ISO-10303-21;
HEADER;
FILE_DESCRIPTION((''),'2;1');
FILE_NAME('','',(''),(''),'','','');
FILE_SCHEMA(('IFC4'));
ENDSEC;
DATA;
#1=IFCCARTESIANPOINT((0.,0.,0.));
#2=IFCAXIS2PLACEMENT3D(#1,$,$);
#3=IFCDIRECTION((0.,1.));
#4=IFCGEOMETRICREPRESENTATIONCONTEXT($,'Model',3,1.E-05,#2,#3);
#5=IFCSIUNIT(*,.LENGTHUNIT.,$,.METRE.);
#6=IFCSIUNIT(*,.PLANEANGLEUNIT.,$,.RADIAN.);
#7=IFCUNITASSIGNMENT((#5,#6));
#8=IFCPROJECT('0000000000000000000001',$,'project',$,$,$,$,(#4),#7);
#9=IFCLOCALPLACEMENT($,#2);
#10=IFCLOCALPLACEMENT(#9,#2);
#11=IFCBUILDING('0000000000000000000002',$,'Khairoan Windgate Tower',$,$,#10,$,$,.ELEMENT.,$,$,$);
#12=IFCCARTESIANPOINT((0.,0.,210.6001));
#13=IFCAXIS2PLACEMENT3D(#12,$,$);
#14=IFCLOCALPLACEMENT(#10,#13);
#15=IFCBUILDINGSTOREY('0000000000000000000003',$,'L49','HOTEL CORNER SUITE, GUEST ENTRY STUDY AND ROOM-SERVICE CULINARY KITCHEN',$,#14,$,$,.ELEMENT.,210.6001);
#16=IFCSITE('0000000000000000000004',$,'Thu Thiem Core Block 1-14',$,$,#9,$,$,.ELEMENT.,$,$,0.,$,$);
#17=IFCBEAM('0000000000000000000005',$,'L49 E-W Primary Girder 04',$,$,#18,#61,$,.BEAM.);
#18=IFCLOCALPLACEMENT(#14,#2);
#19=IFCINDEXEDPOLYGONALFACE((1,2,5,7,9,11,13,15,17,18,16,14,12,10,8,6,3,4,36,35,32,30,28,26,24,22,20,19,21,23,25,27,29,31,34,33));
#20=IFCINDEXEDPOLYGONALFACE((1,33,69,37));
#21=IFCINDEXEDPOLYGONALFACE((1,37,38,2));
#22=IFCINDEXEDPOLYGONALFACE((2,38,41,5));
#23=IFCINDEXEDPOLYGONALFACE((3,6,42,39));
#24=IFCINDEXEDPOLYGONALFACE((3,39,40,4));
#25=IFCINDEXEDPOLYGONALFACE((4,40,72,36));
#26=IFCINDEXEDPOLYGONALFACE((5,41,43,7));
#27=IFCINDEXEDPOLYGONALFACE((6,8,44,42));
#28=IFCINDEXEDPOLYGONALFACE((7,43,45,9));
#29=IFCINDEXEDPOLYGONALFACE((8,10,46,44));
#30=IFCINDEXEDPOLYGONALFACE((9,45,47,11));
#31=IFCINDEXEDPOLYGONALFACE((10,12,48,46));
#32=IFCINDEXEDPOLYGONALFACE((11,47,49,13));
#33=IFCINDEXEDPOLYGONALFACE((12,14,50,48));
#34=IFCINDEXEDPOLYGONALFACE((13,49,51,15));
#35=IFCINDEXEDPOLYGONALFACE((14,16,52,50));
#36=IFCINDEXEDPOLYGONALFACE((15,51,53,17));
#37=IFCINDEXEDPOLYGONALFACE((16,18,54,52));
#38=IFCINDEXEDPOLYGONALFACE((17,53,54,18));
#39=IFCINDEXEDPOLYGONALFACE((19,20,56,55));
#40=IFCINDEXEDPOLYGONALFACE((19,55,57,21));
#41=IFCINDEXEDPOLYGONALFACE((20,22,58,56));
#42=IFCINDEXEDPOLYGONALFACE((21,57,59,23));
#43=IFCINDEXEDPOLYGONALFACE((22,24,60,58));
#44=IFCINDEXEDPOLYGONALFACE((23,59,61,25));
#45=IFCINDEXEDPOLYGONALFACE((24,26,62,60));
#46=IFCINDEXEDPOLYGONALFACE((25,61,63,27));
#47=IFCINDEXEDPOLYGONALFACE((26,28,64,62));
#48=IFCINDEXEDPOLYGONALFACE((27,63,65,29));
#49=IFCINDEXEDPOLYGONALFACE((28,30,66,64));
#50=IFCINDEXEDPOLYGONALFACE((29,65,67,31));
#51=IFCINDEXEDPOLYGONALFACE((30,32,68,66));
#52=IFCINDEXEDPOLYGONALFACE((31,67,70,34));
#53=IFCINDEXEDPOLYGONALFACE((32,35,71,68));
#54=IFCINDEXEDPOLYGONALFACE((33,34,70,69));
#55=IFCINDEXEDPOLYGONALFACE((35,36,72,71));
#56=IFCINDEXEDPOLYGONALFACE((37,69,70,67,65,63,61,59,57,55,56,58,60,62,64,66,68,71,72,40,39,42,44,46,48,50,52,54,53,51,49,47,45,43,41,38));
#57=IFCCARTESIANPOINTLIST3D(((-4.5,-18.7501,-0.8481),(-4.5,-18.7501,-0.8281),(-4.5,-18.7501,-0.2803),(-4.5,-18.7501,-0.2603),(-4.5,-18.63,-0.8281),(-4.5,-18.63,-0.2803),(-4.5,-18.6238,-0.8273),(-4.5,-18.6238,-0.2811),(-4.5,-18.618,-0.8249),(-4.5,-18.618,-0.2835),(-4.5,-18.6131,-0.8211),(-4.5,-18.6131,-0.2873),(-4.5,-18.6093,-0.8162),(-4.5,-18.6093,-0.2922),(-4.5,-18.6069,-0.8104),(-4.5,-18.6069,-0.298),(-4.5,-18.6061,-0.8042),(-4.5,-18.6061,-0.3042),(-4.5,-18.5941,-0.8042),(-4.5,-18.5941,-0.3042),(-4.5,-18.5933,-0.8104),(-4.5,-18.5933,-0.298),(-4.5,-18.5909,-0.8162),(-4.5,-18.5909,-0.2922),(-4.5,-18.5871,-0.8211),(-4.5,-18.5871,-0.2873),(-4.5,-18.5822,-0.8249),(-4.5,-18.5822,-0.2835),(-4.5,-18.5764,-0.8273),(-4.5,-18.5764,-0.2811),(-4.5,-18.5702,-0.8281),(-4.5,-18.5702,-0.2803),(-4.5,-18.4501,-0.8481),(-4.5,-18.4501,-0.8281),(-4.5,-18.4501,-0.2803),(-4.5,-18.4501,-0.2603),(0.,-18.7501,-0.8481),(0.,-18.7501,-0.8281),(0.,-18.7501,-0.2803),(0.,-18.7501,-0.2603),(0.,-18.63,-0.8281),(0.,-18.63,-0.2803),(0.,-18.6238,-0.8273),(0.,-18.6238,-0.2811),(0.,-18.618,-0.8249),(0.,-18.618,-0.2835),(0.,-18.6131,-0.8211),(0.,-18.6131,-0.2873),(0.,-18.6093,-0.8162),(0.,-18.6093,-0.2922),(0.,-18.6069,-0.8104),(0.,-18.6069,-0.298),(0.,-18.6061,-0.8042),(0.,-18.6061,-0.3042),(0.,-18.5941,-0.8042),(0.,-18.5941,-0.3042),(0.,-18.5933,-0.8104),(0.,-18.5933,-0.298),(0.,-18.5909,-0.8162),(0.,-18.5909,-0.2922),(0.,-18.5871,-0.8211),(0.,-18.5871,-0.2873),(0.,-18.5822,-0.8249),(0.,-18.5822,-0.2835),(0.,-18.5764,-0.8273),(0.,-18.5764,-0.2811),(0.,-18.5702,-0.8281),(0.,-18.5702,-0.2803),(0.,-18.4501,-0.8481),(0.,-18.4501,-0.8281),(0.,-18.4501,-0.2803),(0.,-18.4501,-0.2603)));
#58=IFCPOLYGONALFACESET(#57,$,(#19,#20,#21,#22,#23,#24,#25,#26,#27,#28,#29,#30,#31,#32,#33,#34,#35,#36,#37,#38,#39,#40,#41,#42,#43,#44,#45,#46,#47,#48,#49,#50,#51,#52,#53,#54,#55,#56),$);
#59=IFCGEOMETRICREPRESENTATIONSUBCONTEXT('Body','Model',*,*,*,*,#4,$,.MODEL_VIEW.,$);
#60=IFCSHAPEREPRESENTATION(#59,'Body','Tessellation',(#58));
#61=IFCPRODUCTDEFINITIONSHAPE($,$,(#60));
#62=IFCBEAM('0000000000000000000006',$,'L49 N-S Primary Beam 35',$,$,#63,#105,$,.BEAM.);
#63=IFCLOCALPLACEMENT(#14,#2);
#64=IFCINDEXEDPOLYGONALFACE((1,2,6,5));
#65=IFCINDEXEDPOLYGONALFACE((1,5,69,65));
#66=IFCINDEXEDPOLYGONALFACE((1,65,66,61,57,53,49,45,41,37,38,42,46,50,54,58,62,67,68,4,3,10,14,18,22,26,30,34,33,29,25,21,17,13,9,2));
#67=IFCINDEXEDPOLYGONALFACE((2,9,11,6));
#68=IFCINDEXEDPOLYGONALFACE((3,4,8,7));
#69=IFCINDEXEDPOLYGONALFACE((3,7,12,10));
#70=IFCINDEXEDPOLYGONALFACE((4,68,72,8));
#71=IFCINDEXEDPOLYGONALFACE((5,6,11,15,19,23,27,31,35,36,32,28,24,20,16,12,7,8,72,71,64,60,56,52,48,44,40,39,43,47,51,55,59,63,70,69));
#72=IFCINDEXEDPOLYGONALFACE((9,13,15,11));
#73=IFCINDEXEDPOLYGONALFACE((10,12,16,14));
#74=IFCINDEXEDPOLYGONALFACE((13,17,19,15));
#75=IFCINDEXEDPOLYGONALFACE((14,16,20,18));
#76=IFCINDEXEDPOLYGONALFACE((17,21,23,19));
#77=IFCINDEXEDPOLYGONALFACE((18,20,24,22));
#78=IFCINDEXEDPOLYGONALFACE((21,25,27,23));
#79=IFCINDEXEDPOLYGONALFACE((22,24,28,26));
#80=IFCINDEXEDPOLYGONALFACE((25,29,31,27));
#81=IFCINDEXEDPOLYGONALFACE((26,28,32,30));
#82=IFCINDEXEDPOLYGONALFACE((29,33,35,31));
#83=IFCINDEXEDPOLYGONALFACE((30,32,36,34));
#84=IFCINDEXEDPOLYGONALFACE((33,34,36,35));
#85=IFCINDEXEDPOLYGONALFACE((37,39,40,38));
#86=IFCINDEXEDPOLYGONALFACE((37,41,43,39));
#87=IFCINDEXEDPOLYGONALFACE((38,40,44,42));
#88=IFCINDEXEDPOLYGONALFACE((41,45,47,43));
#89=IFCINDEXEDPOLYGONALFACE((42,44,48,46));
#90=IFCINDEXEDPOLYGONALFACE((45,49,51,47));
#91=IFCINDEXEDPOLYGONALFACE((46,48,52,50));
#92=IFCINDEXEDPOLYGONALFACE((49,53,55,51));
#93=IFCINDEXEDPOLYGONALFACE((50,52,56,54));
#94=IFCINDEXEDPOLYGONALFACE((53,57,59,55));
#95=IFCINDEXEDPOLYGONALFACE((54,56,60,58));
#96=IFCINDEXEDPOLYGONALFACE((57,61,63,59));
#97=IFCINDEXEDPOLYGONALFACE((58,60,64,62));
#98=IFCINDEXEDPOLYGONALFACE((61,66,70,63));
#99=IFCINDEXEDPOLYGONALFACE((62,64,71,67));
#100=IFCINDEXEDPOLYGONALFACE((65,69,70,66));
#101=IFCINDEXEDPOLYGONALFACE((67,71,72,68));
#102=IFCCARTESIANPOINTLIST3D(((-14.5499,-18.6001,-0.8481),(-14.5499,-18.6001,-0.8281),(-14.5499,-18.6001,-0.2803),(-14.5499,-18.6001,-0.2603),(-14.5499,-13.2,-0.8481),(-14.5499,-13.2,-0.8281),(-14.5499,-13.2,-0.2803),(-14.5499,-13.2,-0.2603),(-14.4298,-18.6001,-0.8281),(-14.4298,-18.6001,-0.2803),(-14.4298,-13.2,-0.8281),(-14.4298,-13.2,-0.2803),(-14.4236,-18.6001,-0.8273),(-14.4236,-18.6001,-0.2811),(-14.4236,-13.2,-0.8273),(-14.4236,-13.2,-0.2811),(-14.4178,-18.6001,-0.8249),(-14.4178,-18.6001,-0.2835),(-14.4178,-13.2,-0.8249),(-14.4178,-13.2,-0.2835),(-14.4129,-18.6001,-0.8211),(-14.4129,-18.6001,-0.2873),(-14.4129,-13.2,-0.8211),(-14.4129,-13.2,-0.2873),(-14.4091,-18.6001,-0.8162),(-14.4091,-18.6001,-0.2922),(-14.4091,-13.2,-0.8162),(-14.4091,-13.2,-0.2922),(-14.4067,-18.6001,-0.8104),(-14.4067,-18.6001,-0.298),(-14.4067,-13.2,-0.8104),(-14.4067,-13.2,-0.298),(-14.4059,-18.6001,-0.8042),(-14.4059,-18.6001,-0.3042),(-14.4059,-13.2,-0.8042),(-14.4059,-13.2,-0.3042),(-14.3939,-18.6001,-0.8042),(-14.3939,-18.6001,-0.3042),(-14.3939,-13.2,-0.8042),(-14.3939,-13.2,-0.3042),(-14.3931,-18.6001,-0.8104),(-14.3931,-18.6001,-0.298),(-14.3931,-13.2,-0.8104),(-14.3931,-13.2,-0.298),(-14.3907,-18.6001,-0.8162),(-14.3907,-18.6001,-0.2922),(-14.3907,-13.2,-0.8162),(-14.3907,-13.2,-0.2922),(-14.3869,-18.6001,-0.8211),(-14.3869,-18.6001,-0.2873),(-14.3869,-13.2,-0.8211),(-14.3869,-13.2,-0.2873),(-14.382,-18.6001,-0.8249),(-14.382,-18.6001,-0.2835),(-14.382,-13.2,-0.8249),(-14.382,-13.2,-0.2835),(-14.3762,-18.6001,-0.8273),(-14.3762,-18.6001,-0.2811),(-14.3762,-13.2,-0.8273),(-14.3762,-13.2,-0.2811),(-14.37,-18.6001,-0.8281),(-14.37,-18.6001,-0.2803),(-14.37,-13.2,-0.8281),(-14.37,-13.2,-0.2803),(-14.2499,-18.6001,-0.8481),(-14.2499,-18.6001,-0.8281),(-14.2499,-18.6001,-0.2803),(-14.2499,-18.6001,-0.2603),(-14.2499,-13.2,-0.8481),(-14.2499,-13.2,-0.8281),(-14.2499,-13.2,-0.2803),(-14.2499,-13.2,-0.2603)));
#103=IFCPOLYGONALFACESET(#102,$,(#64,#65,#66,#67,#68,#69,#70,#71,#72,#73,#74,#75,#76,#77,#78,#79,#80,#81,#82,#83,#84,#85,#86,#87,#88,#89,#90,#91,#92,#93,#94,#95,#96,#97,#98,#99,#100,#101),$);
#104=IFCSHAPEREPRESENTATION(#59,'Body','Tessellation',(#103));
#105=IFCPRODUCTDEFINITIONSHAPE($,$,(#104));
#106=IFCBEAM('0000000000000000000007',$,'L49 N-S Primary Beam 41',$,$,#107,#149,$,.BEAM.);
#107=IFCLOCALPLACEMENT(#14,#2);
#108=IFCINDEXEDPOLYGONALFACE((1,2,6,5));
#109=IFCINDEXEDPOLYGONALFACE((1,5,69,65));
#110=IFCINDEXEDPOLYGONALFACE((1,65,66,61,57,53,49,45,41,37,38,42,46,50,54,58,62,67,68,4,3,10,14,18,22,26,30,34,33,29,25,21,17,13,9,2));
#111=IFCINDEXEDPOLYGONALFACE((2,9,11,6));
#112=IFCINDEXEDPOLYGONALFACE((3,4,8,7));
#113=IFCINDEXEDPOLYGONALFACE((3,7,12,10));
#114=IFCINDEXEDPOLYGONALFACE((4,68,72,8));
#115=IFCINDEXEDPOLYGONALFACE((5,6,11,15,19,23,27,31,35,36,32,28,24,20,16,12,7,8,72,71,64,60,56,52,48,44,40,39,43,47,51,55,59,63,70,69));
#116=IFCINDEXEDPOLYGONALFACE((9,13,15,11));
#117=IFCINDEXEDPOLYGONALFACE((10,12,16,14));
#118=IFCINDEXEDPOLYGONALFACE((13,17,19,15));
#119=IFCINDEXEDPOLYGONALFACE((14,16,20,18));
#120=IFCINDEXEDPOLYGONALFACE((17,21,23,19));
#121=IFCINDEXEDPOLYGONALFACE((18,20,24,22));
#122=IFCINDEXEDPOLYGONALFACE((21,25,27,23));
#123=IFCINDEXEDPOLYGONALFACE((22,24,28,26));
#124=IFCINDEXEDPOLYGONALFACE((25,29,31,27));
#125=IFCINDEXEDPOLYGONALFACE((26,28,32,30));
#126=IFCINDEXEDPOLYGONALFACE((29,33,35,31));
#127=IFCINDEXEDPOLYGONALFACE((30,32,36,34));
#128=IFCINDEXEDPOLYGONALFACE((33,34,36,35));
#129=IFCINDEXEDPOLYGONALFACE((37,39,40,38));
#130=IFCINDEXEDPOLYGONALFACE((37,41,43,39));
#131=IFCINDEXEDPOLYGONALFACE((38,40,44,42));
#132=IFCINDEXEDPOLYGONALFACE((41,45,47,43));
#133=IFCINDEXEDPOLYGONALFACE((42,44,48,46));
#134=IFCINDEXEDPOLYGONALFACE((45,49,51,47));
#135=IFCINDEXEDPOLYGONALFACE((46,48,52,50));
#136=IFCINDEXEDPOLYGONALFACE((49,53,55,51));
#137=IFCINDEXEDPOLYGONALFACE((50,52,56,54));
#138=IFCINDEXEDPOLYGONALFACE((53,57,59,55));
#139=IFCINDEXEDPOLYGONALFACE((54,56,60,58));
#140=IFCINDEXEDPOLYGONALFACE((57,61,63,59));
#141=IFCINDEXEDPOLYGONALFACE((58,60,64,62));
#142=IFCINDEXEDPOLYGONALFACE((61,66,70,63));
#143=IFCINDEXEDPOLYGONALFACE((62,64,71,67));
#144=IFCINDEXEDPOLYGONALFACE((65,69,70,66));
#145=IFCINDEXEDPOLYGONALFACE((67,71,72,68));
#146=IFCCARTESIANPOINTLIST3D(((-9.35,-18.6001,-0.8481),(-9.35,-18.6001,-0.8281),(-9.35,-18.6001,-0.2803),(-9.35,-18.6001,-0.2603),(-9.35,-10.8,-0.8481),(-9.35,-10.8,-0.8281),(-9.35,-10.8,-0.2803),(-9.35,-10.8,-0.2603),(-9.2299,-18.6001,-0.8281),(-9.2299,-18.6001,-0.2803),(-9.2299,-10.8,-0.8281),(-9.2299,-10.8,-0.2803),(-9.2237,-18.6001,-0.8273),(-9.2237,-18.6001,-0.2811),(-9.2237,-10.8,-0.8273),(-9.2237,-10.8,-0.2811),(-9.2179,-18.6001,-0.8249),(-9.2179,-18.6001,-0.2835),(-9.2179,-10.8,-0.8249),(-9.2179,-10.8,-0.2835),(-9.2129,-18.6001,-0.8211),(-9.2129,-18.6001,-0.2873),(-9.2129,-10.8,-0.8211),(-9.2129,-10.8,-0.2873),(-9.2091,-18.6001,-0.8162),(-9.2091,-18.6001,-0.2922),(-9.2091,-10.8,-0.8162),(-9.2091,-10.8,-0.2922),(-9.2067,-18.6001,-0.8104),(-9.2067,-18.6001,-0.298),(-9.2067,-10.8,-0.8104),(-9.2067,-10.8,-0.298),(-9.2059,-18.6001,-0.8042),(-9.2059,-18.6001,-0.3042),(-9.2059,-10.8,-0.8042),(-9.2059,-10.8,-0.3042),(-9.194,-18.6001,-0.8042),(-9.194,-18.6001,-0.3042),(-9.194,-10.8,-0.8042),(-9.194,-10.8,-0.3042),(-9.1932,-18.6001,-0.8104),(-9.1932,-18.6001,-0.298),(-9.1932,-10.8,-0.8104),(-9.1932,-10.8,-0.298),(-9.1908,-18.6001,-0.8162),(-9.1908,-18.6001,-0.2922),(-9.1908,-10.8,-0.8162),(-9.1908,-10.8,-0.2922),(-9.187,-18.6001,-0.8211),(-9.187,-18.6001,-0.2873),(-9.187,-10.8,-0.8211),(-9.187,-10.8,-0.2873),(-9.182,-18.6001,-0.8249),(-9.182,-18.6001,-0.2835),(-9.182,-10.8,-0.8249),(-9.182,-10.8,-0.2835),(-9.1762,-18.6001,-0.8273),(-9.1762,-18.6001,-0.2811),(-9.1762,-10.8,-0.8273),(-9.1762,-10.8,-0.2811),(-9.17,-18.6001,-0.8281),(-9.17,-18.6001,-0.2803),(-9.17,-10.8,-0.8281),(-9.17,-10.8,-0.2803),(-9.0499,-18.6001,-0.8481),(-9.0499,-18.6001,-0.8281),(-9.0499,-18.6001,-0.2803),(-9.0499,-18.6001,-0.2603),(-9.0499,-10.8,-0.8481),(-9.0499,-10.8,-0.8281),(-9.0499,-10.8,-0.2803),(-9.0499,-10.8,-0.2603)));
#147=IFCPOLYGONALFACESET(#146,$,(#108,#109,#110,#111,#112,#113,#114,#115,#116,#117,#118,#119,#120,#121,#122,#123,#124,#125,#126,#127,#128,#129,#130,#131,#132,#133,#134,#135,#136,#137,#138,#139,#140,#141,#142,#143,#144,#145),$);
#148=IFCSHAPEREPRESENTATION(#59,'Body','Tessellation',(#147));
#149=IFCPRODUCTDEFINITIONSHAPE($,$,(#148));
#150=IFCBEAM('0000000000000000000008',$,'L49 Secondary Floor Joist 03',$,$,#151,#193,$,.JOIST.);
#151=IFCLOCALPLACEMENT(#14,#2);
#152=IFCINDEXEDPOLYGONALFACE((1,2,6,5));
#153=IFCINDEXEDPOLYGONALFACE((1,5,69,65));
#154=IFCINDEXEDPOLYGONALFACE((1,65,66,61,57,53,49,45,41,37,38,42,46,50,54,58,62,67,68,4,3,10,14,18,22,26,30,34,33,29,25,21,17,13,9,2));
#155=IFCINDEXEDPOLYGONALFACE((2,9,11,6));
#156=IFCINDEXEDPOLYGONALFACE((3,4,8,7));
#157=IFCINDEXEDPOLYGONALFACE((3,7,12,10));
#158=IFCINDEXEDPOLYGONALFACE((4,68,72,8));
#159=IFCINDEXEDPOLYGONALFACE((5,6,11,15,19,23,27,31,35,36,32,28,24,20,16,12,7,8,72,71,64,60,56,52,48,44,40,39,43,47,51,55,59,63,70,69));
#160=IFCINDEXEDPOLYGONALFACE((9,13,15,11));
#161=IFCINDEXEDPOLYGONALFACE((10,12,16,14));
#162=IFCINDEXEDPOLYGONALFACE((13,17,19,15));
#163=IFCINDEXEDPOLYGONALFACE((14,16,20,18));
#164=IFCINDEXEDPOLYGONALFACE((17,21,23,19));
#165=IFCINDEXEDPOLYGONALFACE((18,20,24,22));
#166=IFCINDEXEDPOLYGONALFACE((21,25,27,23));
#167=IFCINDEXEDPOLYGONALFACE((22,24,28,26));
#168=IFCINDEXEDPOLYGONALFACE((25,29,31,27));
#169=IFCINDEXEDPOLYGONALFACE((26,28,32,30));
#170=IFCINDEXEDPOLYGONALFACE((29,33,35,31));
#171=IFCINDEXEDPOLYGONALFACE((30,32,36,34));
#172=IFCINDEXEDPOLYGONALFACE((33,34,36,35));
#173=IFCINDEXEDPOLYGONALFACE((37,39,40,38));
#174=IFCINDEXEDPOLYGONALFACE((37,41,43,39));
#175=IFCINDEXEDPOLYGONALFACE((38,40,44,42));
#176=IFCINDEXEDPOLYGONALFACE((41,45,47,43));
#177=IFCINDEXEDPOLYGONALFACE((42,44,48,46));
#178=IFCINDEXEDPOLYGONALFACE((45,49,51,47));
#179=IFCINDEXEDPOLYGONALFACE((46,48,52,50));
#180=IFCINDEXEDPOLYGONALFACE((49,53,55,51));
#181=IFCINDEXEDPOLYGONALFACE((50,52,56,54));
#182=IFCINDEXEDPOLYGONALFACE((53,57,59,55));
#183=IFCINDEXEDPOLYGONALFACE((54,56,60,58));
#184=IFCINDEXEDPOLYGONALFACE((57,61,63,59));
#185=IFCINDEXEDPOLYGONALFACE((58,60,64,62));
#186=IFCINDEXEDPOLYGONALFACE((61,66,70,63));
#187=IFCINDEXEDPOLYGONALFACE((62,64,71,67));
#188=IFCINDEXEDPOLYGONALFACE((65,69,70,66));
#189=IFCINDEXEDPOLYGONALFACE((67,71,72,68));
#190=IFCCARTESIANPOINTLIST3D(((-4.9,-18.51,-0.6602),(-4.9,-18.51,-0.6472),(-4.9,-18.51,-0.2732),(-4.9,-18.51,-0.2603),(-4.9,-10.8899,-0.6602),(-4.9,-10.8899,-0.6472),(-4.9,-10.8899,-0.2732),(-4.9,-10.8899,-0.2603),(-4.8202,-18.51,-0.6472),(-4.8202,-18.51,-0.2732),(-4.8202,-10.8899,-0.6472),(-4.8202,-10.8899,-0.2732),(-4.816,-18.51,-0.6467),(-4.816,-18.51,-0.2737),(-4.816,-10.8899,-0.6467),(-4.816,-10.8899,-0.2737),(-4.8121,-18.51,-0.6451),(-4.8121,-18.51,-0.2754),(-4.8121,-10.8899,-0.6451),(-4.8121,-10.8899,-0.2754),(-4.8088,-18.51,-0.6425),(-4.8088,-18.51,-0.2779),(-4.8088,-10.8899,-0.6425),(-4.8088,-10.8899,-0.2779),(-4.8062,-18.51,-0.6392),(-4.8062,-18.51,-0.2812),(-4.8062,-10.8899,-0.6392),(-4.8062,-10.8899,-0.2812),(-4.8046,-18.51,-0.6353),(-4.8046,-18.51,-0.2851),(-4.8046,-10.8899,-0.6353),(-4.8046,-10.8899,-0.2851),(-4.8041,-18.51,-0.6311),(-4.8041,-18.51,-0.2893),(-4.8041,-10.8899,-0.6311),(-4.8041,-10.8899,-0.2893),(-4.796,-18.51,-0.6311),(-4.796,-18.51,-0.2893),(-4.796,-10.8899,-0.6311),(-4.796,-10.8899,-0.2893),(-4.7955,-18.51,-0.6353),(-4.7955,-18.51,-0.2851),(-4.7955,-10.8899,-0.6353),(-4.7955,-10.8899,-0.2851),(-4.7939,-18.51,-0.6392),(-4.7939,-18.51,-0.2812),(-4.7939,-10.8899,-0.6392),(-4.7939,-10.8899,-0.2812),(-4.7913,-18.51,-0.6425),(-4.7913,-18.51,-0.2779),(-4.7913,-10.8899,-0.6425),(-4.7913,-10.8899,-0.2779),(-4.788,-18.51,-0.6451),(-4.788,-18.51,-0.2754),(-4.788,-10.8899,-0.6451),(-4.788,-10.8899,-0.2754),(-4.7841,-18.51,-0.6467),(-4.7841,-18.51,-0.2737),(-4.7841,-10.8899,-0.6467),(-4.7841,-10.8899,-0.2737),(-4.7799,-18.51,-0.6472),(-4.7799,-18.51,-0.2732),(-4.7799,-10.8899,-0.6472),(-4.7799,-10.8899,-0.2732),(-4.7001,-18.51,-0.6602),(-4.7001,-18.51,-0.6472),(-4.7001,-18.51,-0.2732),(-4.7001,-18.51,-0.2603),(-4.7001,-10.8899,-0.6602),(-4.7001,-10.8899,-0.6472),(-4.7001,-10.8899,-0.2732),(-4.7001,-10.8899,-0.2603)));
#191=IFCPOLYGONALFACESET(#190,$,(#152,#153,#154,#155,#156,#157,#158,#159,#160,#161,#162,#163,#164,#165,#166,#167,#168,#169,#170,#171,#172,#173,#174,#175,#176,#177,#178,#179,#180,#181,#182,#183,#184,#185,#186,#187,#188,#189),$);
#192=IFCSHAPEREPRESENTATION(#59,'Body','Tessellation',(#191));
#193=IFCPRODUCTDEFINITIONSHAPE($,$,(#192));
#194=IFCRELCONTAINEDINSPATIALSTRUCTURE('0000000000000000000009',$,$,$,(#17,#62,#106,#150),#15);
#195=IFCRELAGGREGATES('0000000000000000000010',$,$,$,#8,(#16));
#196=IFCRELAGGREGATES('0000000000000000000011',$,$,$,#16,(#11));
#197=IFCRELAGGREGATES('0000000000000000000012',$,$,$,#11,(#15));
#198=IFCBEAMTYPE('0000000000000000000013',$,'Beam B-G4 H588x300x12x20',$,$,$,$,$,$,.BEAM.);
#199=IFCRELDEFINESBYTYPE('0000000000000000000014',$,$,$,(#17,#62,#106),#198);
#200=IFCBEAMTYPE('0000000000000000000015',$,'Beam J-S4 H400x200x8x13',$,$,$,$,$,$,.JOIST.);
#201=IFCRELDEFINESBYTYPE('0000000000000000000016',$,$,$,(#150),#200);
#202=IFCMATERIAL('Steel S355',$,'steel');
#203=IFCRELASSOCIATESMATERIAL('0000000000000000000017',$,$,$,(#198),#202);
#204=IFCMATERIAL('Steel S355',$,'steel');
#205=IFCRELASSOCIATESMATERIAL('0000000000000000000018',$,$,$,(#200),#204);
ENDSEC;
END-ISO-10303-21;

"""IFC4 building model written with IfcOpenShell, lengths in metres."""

from ifc_helpers import new_model, si_unit, direction, frame, origin, origin_2d, place, context, subcontext, project, spatial, i_section, extrude, material, material_profile, profile_set, type_object, element, save


model = new_model("IFC4")

# Units and contexts
model_context = context("Model", 3, precision=1e-05, world=origin(), true_north=direction((0.0, 1.0)))
body_context = subcontext(model_context, "Body", "Model", "MODEL_VIEW")
ifc_project = project(units=[si_unit("LENGTHUNIT", "METRE"), si_unit("PLANEANGLEUNIT", "RADIAN")], contexts=[model_context])

# Site, building, storey
site_placement = place(None, origin())
site = spatial("IfcSite", under=ifc_project, at=site_placement, Name="Thu Thiem Core Block 1-14", CompositionType="ELEMENT", RefElevation=0.0)
building_placement = place(site_placement, origin())
building = spatial("IfcBuilding", under=site, at=building_placement, Name="Khairoan Windgate Tower", CompositionType="ELEMENT")
storey_placement = place(building_placement, frame((0.0, 0.0, 210.6001)))
storey = spatial("IfcBuildingStorey", under=building, at=storey_placement, Name="L49", Description="HOTEL CORNER SUITE, GUEST ENTRY STUDY AND ROOM-SERVICE CULINARY KITCHEN", CompositionType="ELEMENT", Elevation=210.6001)

# Beams
ifc_material_1 = material(Name="Steel S355", Category="steel")
ifc_material_profile_1 = material_profile(ifc_material_1, i_section(OverallWidth=0.3, OverallDepth=0.5879, WebThickness=0.012, FlangeThickness=0.02, FilletRadius=0.0239, at=origin_2d()))
ifc_profile_set_1 = profile_set([ifc_material_profile_1], Name="Steel S355")
beam_type_1 = type_object("IfcBeamType", Name="Beam B-G4 H588x300x12x20", PredefinedType="BEAM", material=ifc_profile_set_1)
beam_1_placement = place(storey_placement, frame((-4.5, -18.6001, -0.5542), z_axis=(1.0, 0.0, 0.0), x_axis=(0.0, 1.0, 0.0)))
element("IfcBeam", 1, at=beam_1_placement, inside=storey, type_object=beam_type_1, Name="L49 E-W Primary Girder 04", PredefinedType="BEAM", context=body_context, shape_type="SweptSolid", body=[
    extrude(i_section(OverallWidth=0.3, OverallDepth=0.5879, WebThickness=0.012, FlangeThickness=0.02, FilletRadius=0.0239, at=origin_2d()), origin(), (0.0, 0.0, 1.0), 4.5),
])
beam_2_placement = place(storey_placement, frame((-14.3999, -18.6001, -0.5542), z_axis=(0.0, 1.0, 0.0), x_axis=(-1.0, 0.0, 0.0)))
element("IfcBeam", 2, at=beam_2_placement, inside=storey, type_object=beam_type_1, Name="L49 N-S Primary Beam 35", PredefinedType="BEAM", context=body_context, shape_type="SweptSolid", body=[
    extrude(i_section(OverallWidth=0.3, OverallDepth=0.5879, WebThickness=0.012, FlangeThickness=0.02, FilletRadius=0.0239, at=origin_2d()), origin(), (0.0, 0.0, 1.0), 5.4001),
])
beam_3_placement = place(storey_placement, frame((-9.2, -18.6001, -0.5542), z_axis=(0.0, 1.0, 0.0), x_axis=(-1.0, 0.0, 0.0)))
element("IfcBeam", 3, at=beam_3_placement, inside=storey, type_object=beam_type_1, Name="L49 N-S Primary Beam 41", PredefinedType="BEAM", context=body_context, shape_type="SweptSolid", body=[
    extrude(i_section(OverallWidth=0.3, OverallDepth=0.5879, WebThickness=0.012, FlangeThickness=0.02, FilletRadius=0.0239, at=origin_2d()), origin(), (0.0, 0.0, 1.0), 7.8),
])
ifc_material_2 = material(Name="Steel S355", Category="steel")
ifc_material_profile_2 = material_profile(ifc_material_2, i_section(OverallWidth=0.2, OverallDepth=0.3999, WebThickness=0.0081, FlangeThickness=0.0129, FilletRadius=0.0161, at=origin_2d()))
ifc_profile_set_2 = profile_set([ifc_material_profile_2], Name="Steel S355")
beam_type_2 = type_object("IfcBeamType", Name="Beam J-S4 H400x200x8x13", PredefinedType="JOIST", material=ifc_profile_set_2)
beam_4_placement = place(storey_placement, frame((-4.8, -18.51, -0.4602), z_axis=(0.0, 1.0, 0.0), x_axis=(-1.0, 0.0, 0.0)))
element("IfcBeam", 4, at=beam_4_placement, inside=storey, type_object=beam_type_2, Name="L49 Secondary Floor Joist 03", PredefinedType="JOIST", context=body_context, shape_type="SweptSolid", body=[
    extrude(i_section(OverallWidth=0.2, OverallDepth=0.3999, WebThickness=0.0081, FlangeThickness=0.0129, FilletRadius=0.0161, at=origin_2d()), origin(), (0.0, 0.0, 1.0), 7.6201),
])

save(model, "model.ifc")
